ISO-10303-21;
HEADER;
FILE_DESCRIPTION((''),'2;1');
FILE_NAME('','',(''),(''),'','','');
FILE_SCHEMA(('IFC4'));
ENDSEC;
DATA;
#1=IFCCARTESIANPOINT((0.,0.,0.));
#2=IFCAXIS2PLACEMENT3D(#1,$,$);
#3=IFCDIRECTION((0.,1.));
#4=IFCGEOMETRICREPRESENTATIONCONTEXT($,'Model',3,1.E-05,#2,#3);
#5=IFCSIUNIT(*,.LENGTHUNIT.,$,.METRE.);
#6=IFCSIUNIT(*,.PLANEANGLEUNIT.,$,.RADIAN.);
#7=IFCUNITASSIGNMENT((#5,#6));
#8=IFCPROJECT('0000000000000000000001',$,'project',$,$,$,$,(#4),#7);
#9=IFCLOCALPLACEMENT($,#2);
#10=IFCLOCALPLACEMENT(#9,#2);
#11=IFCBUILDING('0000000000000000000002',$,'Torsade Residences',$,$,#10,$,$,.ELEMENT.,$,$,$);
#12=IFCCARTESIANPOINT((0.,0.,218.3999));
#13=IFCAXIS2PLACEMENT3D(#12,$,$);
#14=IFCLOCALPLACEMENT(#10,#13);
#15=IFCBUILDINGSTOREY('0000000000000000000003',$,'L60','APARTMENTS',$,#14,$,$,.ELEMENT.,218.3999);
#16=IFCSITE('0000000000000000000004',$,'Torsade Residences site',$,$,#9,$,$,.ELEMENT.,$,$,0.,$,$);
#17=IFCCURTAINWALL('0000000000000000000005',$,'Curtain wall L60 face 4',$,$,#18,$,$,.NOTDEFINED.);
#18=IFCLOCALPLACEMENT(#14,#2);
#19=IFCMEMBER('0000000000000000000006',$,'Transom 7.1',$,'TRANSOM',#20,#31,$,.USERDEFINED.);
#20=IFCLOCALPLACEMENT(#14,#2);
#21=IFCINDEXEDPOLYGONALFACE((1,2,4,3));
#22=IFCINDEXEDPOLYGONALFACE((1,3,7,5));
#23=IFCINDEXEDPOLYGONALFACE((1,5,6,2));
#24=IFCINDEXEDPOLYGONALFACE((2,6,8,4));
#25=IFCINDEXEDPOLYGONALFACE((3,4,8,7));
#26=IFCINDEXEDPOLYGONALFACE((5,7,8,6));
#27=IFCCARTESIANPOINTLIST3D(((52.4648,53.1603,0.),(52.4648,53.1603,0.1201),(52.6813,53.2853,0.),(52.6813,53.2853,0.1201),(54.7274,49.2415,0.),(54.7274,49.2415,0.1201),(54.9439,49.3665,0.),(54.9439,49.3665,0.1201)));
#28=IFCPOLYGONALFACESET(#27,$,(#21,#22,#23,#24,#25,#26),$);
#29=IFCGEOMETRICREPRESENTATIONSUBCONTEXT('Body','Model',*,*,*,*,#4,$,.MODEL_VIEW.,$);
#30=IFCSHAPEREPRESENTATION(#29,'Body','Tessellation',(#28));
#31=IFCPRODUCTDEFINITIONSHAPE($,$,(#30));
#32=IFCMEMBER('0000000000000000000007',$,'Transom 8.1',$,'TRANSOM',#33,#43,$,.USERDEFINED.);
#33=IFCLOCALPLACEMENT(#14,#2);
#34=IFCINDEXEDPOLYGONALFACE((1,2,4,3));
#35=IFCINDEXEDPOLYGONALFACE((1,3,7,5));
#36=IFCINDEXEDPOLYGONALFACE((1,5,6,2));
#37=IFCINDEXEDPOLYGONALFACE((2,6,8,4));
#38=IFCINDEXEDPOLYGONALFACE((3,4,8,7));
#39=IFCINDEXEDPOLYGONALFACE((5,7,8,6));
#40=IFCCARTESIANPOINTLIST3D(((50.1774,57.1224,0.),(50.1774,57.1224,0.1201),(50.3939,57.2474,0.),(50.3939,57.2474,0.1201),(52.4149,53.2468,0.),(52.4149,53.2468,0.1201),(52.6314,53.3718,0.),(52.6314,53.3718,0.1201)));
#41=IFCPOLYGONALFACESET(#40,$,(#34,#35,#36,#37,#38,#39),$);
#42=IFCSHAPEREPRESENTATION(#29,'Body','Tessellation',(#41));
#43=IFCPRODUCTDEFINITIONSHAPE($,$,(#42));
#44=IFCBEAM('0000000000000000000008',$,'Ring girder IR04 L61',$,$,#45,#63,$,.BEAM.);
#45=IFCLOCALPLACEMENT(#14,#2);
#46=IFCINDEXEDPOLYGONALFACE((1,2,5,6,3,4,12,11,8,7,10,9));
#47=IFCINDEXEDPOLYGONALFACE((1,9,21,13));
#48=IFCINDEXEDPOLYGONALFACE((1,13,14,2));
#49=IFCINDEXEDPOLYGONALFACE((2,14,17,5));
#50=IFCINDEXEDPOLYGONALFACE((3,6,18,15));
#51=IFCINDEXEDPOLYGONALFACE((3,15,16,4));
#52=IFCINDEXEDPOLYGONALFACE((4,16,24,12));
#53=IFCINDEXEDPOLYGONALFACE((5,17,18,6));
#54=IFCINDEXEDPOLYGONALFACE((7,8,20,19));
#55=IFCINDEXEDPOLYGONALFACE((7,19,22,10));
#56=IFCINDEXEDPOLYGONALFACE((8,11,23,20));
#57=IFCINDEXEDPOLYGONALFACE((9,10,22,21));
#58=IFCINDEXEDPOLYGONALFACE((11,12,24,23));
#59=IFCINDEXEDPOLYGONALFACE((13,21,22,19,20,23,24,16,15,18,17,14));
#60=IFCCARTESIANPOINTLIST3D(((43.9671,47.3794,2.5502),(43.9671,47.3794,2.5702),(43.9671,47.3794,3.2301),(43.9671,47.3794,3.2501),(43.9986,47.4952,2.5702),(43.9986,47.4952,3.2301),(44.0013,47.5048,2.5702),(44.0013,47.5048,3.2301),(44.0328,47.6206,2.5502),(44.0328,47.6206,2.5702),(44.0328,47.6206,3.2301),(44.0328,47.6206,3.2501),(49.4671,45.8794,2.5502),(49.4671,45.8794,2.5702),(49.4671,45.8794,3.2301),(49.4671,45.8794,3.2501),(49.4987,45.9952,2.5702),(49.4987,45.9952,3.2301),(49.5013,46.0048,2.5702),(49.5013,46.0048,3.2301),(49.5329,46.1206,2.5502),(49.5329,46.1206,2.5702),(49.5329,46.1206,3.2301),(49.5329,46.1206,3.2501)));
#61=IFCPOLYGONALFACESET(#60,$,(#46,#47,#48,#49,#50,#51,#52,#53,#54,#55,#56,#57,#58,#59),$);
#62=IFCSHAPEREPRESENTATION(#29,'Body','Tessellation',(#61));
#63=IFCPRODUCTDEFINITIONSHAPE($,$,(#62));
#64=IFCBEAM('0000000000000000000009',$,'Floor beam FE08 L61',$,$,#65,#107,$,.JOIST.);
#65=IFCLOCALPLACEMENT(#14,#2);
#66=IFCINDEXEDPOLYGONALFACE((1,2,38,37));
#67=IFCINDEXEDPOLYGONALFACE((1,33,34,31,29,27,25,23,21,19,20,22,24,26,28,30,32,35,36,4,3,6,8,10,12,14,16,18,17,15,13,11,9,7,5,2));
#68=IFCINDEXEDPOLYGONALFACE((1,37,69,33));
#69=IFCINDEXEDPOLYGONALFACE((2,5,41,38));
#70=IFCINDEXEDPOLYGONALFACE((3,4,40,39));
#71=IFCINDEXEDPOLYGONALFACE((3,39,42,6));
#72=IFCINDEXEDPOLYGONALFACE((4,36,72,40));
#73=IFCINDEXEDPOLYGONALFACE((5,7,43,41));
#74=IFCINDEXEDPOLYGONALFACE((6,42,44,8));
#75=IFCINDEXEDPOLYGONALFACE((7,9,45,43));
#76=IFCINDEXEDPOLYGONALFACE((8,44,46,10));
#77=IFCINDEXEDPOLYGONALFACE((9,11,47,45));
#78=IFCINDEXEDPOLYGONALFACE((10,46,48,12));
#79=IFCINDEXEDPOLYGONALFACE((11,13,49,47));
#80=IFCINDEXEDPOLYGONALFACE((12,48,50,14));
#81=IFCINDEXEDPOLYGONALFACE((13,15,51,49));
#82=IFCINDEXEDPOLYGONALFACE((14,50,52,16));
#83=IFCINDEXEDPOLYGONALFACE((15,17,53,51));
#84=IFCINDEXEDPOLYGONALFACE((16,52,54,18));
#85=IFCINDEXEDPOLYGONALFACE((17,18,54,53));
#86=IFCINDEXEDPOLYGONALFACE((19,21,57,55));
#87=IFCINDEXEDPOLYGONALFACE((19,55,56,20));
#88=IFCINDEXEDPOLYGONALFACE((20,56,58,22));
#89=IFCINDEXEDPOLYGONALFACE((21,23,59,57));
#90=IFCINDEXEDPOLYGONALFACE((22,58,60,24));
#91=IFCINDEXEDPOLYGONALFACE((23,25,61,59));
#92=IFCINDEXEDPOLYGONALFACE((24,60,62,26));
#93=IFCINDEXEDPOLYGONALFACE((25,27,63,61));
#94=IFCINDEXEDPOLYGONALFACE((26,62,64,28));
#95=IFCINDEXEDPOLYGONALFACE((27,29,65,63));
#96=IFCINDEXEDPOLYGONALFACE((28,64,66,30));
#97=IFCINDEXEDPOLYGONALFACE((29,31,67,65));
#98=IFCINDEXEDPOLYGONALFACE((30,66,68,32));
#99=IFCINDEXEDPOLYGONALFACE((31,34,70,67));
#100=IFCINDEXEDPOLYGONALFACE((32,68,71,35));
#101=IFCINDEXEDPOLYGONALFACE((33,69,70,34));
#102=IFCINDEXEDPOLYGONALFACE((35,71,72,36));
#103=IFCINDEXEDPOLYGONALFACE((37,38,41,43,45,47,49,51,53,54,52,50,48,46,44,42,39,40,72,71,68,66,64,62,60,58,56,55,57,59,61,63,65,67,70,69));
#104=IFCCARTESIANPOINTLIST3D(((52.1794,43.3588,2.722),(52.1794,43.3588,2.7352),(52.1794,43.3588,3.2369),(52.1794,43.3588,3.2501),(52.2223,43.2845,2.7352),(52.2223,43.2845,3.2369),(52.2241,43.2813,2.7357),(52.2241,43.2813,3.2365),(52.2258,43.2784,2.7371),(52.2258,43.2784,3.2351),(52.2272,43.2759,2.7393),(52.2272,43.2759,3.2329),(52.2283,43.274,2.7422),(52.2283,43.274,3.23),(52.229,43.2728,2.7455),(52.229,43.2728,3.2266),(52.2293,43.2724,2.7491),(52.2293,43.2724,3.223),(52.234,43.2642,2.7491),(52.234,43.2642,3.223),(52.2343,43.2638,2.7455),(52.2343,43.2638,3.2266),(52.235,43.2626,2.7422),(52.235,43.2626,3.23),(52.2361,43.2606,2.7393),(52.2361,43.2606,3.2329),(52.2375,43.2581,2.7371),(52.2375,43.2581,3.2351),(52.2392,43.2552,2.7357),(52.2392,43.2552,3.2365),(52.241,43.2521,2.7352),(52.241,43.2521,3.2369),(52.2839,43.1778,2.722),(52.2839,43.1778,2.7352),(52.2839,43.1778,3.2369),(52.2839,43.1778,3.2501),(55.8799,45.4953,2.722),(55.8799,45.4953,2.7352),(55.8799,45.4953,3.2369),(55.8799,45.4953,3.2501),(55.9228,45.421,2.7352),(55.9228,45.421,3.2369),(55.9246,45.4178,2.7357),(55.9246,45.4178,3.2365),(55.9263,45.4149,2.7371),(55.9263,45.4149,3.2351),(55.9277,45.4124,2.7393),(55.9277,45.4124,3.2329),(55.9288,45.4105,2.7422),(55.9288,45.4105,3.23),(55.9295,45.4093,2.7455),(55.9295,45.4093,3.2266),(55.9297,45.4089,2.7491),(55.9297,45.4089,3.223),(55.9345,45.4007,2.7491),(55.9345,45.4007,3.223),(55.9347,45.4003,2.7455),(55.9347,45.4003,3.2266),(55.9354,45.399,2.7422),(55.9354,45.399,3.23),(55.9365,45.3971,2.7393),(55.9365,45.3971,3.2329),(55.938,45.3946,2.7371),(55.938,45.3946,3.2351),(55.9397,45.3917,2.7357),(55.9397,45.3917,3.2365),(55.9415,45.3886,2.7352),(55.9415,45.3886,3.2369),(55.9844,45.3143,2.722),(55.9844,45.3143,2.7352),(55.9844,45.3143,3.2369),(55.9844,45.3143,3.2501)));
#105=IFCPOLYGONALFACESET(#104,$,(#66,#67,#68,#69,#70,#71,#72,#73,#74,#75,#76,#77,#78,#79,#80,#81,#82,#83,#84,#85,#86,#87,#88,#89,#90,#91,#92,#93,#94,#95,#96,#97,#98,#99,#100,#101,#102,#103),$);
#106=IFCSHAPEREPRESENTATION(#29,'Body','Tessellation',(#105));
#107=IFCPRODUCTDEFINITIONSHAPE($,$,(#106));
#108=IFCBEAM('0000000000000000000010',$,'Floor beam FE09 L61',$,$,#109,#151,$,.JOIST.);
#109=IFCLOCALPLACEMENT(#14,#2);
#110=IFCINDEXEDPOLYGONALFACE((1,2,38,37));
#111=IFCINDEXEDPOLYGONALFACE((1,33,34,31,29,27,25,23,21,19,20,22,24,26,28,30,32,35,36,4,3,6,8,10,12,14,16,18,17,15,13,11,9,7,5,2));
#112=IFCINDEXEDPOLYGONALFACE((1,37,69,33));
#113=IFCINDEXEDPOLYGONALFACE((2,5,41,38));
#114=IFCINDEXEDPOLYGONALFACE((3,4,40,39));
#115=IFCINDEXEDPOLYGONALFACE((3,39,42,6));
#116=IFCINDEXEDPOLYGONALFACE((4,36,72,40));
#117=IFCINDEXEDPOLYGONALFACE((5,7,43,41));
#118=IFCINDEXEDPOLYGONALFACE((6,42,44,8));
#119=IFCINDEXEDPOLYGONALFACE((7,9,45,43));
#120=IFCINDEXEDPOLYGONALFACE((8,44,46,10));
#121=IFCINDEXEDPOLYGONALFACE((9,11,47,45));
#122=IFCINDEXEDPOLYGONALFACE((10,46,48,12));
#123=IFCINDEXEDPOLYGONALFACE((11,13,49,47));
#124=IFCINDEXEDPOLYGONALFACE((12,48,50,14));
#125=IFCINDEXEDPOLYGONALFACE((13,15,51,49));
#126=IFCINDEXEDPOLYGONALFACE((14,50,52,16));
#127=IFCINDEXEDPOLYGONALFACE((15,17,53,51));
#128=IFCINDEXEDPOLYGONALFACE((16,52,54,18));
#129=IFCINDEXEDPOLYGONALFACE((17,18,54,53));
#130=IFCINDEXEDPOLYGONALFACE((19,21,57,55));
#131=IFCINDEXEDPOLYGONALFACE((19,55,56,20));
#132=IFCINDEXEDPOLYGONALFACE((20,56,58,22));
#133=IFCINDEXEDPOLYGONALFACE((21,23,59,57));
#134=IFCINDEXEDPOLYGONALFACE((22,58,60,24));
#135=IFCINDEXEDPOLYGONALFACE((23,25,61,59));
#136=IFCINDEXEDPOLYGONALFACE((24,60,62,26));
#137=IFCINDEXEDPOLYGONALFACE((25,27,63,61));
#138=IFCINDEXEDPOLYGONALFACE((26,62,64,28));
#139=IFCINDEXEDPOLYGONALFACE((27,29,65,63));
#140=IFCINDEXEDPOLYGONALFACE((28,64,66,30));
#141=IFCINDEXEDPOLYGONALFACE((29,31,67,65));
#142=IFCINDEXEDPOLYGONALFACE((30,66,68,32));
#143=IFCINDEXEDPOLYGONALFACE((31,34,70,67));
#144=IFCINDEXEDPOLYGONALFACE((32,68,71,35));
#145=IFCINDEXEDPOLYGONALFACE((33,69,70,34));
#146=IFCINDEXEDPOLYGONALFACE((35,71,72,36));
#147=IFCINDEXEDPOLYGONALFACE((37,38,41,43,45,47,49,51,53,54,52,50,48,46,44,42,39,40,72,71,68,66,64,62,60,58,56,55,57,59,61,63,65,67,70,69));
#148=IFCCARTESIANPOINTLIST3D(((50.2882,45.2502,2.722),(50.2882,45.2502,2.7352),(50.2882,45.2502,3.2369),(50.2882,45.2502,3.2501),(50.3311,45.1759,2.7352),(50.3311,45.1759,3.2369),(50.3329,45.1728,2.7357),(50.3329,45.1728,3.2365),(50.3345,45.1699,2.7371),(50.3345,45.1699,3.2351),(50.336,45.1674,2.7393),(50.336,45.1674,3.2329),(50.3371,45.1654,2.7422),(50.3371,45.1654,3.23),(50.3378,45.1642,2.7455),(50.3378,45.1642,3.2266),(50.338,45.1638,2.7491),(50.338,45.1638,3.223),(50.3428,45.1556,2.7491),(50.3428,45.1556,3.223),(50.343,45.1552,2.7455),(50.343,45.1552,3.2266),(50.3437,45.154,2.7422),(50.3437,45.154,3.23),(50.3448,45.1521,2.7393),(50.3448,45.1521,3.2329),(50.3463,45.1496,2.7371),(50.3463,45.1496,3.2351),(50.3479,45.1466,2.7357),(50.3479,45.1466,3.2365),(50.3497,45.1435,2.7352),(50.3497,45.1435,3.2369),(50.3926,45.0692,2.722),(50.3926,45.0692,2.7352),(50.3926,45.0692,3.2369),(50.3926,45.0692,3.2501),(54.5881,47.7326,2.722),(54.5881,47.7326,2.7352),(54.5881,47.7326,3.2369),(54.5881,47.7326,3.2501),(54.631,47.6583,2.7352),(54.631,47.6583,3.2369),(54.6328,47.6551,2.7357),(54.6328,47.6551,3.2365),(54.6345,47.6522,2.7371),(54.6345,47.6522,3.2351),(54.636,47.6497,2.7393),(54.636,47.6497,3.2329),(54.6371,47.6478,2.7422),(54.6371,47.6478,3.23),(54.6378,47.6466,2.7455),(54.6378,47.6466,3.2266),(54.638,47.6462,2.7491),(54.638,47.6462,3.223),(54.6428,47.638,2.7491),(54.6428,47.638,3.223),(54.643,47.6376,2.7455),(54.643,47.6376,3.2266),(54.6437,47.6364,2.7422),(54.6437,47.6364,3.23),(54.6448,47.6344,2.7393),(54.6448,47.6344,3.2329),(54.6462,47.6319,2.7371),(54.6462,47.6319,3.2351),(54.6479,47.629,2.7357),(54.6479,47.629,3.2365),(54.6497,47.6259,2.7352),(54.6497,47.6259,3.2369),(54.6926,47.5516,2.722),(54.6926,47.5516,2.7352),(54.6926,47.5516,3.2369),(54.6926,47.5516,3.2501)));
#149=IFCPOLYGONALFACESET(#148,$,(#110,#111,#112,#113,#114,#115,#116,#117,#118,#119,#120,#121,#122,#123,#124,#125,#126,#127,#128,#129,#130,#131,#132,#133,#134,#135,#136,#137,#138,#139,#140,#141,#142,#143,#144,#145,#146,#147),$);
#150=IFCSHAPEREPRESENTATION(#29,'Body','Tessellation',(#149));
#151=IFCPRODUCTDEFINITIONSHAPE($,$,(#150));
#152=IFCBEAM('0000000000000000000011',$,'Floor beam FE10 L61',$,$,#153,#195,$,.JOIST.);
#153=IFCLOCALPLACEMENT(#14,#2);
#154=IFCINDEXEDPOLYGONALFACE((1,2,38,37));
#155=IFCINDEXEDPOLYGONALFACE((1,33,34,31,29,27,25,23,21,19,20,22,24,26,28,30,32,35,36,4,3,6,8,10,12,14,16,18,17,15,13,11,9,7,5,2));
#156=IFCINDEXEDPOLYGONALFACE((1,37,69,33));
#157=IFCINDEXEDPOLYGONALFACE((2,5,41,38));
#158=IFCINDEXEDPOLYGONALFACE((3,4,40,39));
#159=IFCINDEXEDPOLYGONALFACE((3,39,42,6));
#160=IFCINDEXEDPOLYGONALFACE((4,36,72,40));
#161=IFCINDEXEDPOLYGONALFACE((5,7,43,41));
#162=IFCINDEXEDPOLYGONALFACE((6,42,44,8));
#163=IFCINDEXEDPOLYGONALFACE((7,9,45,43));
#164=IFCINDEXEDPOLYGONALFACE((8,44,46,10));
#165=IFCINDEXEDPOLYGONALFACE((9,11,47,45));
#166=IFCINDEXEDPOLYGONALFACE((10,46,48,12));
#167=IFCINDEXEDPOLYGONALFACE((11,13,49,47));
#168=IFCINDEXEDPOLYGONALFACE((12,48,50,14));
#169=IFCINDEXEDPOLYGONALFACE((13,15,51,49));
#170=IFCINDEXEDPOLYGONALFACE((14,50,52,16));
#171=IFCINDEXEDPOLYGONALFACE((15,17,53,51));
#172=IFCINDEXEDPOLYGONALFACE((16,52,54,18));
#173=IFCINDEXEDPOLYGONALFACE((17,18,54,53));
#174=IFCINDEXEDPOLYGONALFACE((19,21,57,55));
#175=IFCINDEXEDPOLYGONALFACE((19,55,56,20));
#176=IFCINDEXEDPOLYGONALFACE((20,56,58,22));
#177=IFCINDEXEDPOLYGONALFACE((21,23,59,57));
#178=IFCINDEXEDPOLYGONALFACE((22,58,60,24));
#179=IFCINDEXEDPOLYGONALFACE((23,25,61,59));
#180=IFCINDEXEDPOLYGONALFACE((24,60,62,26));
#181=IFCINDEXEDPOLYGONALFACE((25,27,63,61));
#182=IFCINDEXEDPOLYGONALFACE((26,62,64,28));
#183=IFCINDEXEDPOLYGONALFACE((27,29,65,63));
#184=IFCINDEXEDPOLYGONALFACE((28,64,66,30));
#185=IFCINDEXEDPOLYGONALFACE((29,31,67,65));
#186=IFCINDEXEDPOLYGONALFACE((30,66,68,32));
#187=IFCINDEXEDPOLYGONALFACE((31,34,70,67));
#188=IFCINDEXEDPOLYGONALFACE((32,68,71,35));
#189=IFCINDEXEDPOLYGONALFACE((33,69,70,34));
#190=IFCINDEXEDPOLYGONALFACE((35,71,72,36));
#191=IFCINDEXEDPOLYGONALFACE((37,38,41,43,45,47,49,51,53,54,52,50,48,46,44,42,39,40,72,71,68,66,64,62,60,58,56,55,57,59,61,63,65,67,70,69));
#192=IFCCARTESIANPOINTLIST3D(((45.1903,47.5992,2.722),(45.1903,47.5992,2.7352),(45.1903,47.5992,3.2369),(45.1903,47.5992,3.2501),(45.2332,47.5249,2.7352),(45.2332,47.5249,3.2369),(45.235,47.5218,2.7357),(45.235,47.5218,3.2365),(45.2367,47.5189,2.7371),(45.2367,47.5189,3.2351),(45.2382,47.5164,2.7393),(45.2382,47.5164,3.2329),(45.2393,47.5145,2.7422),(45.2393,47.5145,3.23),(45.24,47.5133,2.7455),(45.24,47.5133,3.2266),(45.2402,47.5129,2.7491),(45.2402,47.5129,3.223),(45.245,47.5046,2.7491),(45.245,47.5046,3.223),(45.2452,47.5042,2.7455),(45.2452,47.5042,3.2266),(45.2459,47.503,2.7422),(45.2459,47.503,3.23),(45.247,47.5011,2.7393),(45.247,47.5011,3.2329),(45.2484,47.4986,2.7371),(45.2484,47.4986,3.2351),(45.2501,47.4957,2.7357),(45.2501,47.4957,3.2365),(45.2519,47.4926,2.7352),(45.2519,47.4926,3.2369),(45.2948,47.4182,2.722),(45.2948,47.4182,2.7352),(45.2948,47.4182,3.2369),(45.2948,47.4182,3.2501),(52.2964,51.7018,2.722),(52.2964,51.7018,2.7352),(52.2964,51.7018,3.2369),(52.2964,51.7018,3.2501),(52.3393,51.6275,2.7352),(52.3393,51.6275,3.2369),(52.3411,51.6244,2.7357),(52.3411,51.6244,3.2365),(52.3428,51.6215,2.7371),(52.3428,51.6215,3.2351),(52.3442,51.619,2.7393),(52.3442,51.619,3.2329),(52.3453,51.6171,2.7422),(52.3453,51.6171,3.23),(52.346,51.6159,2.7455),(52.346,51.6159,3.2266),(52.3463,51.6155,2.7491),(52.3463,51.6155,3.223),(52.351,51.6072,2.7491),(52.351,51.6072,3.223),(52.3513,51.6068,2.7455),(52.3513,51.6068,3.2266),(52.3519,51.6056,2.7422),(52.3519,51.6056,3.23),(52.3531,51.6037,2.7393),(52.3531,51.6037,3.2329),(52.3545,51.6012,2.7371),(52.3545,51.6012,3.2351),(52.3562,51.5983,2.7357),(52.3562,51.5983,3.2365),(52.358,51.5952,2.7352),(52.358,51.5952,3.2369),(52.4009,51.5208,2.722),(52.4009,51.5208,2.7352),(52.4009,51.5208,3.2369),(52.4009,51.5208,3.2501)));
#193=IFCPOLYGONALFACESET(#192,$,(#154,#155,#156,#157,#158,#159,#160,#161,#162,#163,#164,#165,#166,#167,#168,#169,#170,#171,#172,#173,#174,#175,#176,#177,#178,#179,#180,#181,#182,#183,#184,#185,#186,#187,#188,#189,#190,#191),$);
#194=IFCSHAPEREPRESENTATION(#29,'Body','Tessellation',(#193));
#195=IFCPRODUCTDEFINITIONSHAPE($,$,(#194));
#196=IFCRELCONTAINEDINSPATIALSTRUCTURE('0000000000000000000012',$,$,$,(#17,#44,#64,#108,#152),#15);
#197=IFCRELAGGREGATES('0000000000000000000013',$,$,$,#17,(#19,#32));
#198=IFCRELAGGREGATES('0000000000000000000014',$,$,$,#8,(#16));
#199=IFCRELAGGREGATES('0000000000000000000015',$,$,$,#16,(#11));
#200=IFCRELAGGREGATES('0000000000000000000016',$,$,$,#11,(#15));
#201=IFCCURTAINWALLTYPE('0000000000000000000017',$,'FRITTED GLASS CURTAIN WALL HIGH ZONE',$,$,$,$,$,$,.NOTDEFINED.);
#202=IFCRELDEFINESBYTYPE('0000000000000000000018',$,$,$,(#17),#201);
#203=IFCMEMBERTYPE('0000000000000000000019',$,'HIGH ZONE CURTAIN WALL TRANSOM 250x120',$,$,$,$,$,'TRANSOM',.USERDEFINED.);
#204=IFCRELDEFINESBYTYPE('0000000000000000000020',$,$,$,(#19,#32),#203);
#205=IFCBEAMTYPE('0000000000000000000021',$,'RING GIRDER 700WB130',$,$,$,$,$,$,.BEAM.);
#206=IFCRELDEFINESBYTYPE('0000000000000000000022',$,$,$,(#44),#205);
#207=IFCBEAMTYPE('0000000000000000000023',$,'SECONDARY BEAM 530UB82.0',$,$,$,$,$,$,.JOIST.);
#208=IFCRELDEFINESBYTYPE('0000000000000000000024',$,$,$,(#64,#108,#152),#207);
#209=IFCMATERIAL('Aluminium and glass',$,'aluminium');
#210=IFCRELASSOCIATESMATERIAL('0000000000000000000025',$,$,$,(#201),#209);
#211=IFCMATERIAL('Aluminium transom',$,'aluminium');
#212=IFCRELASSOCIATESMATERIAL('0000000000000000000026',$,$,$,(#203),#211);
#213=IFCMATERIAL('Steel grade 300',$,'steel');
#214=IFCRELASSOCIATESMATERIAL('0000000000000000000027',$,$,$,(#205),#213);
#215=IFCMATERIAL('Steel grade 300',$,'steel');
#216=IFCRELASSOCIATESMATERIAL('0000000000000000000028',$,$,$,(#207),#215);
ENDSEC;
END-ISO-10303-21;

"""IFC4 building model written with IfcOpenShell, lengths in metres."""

from ifc_helpers import new_model, si_unit, direction, frame, origin, origin_2d, place, context, subcontext, project, spatial, rectangle, i_section, extrude, material, material_profile, profile_set, type_object, element, aggregate, save


model = new_model("IFC4")

# Units and contexts
model_context = context("Model", 3, precision=1e-05, world=origin(), true_north=direction((0.0, 1.0)))
body_context = subcontext(model_context, "Body", "Model", "MODEL_VIEW")
ifc_project = project(units=[si_unit("LENGTHUNIT", "METRE"), si_unit("PLANEANGLEUNIT", "RADIAN")], contexts=[model_context])

# Site, building, storey
site_placement = place(None, origin())
site = spatial("IfcSite", under=ifc_project, at=site_placement, Name="Torsade Residences site", CompositionType="ELEMENT", RefElevation=0.0)
building_placement = place(site_placement, origin())
building = spatial("IfcBuilding", under=site, at=building_placement, Name="Torsade Residences", CompositionType="ELEMENT")
storey_placement = place(building_placement, frame((0.0, 0.0, 218.3999)))
storey = spatial("IfcBuildingStorey", under=building, at=storey_placement, Name="L60", Description="APARTMENTS", CompositionType="ELEMENT", Elevation=218.3999)

# Curtain wall, members
ifc_material_1 = material(Name="Aluminium and glass", Category="aluminium")
curtain_wall_type = type_object("IfcCurtainWallType", Name="FRITTED GLASS CURTAIN WALL HIGH ZONE", PredefinedType="NOTDEFINED", material=ifc_material_1)
curtain_wall_placement = place(storey_placement, origin())
curtain_wall = element("IfcCurtainWall", 1, at=curtain_wall_placement, inside=storey, type_object=curtain_wall_type, Name="Curtain wall L60 face 4", PredefinedType="NOTDEFINED")
ifc_material_2 = material(Name="Aluminium transom", Category="aluminium")
ifc_material_profile_1 = material_profile(ifc_material_2, rectangle(XDim=0.25, YDim=0.1201, at=origin_2d()), Name="HIGH ZONE CURTAIN WALL TRANSOM 250x120")
ifc_profile_set_1 = profile_set([ifc_material_profile_1], Name="Aluminium transom")
member_type_1 = type_object("IfcMemberType", Name="HIGH ZONE CURTAIN WALL TRANSOM 250x120", ElementType="TRANSOM", PredefinedType="USERDEFINED", material=ifc_profile_set_1)
member_1_placement = place(storey_placement, frame((54.8357, 49.304, 0.0601), z_axis=(-0.500015, 0.866017, 0.0), x_axis=(-0.866017, -0.500015, 0.0)))
member_1 = element("IfcMember", 2, at=member_1_placement, type_object=member_type_1, Name="Transom 7.1", ObjectType="TRANSOM", PredefinedType="USERDEFINED", context=body_context, shape_type="SweptSolid", body=[
    extrude(rectangle(XDim=0.25, YDim=0.1201, at=origin_2d()), origin(), (0.0, 0.0, 1.0), 4.5251),
])
member_2_placement = place(storey_placement, frame((52.5232, 53.3093, 0.0601), z_axis=(-0.500006, 0.866022, 0.0), x_axis=(-0.866022, -0.500006, 0.0)))
member_2 = element("IfcMember", 3, at=member_2_placement, type_object=member_type_1, Name="Transom 8.1", ObjectType="TRANSOM", PredefinedType="USERDEFINED", context=body_context, shape_type="SweptSolid", body=[
    extrude(rectangle(XDim=0.25, YDim=0.1201, at=origin_2d()), origin(), (0.0, 0.0, 1.0), 4.4751),
])

# Beams
ifc_material_3 = material(Name="Steel grade 300", Category="steel")
ifc_material_profile_2 = material_profile(ifc_material_3, i_section(OverallWidth=0.25, OverallDepth=0.7, WebThickness=0.01, FlangeThickness=0.02, at=origin_2d()), Name="700WB130")
ifc_profile_set_2 = profile_set([ifc_material_profile_2], Name="Steel grade 300")
beam_type_1 = type_object("IfcBeamType", Name="RING GIRDER 700WB130", PredefinedType="BEAM", material=ifc_profile_set_2)
beam_1_placement = place(storey_placement, frame((49.5, 46.0, 2.9001), z_axis=(-0.964764, 0.263117, 0.0), x_axis=(-0.263117, -0.964764, 0.0)))
element("IfcBeam", 4, at=beam_1_placement, inside=storey, type_object=beam_type_1, Name="Ring girder IR04 L61", PredefinedType="BEAM", context=body_context, shape_type="SweptSolid", body=[
    extrude(i_section(OverallWidth=0.25, OverallDepth=0.7, WebThickness=0.01, FlangeThickness=0.02, at=origin_2d()), origin(), (0.0, 0.0, 1.0), 5.7009),
])
ifc_material_4 = material(Name="Steel grade 300", Category="steel")
ifc_material_profile_3 = material_profile(ifc_material_4, i_section(OverallWidth=0.209, OverallDepth=0.5281, WebThickness=0.0095, FlangeThickness=0.0132, FilletRadius=0.0139, at=origin_2d()), Name="530UB82.0")
ifc_profile_set_3 = profile_set([ifc_material_profile_3], Name="Steel grade 300")
beam_type_2 = type_object("IfcBeamType", Name="SECONDARY BEAM 530UB82.0", PredefinedType="JOIST", material=ifc_profile_set_3)
beam_2_placement = place(storey_placement, frame((55.9321, 45.4048, 2.9861), z_axis=(-0.866023, -0.500004, 0.0), x_axis=(0.500004, -0.866023, 0.0)))
element("IfcBeam", 5, at=beam_2_placement, inside=storey, type_object=beam_type_2, Name="Floor beam FE08 L61", PredefinedType="JOIST", context=body_context, shape_type="SweptSolid", body=[
    extrude(i_section(OverallWidth=0.209, OverallDepth=0.5281, WebThickness=0.0095, FlangeThickness=0.0132, FilletRadius=0.0139, at=origin_2d()), origin(), (0.0, 0.0, 1.0), 4.2729),
])
beam_3_placement = place(storey_placement, frame((54.6404, 47.6421, 2.9861), z_axis=(-0.866044, -0.499968, 0.0), x_axis=(0.499968, -0.866044, 0.0)))
element("IfcBeam", 6, at=beam_3_placement, inside=storey, type_object=beam_type_2, Name="Floor beam FE09 L61", PredefinedType="JOIST", context=body_context, shape_type="SweptSolid", body=[
    extrude(i_section(OverallWidth=0.209, OverallDepth=0.5281, WebThickness=0.0095, FlangeThickness=0.0132, FilletRadius=0.0139, at=origin_2d()), origin(), (0.0, 0.0, 1.0), 4.9651),
])
beam_4_placement = place(storey_placement, frame((52.3486, 51.6113, 2.9861), z_axis=(-0.86603, -0.499992, 0.0), x_axis=(0.499992, -0.86603, 0.0)))
element("IfcBeam", 7, at=beam_4_placement, inside=storey, type_object=beam_type_2, Name="Floor beam FE10 L61", PredefinedType="JOIST", context=body_context, shape_type="SweptSolid", body=[
    extrude(i_section(OverallWidth=0.209, OverallDepth=0.5281, WebThickness=0.0095, FlangeThickness=0.0132, FilletRadius=0.0139, at=origin_2d()), origin(), (0.0, 0.0, 1.0), 8.2053),
])

aggregate(curtain_wall, [member_1, member_2])

save(model, "model.ifc")
